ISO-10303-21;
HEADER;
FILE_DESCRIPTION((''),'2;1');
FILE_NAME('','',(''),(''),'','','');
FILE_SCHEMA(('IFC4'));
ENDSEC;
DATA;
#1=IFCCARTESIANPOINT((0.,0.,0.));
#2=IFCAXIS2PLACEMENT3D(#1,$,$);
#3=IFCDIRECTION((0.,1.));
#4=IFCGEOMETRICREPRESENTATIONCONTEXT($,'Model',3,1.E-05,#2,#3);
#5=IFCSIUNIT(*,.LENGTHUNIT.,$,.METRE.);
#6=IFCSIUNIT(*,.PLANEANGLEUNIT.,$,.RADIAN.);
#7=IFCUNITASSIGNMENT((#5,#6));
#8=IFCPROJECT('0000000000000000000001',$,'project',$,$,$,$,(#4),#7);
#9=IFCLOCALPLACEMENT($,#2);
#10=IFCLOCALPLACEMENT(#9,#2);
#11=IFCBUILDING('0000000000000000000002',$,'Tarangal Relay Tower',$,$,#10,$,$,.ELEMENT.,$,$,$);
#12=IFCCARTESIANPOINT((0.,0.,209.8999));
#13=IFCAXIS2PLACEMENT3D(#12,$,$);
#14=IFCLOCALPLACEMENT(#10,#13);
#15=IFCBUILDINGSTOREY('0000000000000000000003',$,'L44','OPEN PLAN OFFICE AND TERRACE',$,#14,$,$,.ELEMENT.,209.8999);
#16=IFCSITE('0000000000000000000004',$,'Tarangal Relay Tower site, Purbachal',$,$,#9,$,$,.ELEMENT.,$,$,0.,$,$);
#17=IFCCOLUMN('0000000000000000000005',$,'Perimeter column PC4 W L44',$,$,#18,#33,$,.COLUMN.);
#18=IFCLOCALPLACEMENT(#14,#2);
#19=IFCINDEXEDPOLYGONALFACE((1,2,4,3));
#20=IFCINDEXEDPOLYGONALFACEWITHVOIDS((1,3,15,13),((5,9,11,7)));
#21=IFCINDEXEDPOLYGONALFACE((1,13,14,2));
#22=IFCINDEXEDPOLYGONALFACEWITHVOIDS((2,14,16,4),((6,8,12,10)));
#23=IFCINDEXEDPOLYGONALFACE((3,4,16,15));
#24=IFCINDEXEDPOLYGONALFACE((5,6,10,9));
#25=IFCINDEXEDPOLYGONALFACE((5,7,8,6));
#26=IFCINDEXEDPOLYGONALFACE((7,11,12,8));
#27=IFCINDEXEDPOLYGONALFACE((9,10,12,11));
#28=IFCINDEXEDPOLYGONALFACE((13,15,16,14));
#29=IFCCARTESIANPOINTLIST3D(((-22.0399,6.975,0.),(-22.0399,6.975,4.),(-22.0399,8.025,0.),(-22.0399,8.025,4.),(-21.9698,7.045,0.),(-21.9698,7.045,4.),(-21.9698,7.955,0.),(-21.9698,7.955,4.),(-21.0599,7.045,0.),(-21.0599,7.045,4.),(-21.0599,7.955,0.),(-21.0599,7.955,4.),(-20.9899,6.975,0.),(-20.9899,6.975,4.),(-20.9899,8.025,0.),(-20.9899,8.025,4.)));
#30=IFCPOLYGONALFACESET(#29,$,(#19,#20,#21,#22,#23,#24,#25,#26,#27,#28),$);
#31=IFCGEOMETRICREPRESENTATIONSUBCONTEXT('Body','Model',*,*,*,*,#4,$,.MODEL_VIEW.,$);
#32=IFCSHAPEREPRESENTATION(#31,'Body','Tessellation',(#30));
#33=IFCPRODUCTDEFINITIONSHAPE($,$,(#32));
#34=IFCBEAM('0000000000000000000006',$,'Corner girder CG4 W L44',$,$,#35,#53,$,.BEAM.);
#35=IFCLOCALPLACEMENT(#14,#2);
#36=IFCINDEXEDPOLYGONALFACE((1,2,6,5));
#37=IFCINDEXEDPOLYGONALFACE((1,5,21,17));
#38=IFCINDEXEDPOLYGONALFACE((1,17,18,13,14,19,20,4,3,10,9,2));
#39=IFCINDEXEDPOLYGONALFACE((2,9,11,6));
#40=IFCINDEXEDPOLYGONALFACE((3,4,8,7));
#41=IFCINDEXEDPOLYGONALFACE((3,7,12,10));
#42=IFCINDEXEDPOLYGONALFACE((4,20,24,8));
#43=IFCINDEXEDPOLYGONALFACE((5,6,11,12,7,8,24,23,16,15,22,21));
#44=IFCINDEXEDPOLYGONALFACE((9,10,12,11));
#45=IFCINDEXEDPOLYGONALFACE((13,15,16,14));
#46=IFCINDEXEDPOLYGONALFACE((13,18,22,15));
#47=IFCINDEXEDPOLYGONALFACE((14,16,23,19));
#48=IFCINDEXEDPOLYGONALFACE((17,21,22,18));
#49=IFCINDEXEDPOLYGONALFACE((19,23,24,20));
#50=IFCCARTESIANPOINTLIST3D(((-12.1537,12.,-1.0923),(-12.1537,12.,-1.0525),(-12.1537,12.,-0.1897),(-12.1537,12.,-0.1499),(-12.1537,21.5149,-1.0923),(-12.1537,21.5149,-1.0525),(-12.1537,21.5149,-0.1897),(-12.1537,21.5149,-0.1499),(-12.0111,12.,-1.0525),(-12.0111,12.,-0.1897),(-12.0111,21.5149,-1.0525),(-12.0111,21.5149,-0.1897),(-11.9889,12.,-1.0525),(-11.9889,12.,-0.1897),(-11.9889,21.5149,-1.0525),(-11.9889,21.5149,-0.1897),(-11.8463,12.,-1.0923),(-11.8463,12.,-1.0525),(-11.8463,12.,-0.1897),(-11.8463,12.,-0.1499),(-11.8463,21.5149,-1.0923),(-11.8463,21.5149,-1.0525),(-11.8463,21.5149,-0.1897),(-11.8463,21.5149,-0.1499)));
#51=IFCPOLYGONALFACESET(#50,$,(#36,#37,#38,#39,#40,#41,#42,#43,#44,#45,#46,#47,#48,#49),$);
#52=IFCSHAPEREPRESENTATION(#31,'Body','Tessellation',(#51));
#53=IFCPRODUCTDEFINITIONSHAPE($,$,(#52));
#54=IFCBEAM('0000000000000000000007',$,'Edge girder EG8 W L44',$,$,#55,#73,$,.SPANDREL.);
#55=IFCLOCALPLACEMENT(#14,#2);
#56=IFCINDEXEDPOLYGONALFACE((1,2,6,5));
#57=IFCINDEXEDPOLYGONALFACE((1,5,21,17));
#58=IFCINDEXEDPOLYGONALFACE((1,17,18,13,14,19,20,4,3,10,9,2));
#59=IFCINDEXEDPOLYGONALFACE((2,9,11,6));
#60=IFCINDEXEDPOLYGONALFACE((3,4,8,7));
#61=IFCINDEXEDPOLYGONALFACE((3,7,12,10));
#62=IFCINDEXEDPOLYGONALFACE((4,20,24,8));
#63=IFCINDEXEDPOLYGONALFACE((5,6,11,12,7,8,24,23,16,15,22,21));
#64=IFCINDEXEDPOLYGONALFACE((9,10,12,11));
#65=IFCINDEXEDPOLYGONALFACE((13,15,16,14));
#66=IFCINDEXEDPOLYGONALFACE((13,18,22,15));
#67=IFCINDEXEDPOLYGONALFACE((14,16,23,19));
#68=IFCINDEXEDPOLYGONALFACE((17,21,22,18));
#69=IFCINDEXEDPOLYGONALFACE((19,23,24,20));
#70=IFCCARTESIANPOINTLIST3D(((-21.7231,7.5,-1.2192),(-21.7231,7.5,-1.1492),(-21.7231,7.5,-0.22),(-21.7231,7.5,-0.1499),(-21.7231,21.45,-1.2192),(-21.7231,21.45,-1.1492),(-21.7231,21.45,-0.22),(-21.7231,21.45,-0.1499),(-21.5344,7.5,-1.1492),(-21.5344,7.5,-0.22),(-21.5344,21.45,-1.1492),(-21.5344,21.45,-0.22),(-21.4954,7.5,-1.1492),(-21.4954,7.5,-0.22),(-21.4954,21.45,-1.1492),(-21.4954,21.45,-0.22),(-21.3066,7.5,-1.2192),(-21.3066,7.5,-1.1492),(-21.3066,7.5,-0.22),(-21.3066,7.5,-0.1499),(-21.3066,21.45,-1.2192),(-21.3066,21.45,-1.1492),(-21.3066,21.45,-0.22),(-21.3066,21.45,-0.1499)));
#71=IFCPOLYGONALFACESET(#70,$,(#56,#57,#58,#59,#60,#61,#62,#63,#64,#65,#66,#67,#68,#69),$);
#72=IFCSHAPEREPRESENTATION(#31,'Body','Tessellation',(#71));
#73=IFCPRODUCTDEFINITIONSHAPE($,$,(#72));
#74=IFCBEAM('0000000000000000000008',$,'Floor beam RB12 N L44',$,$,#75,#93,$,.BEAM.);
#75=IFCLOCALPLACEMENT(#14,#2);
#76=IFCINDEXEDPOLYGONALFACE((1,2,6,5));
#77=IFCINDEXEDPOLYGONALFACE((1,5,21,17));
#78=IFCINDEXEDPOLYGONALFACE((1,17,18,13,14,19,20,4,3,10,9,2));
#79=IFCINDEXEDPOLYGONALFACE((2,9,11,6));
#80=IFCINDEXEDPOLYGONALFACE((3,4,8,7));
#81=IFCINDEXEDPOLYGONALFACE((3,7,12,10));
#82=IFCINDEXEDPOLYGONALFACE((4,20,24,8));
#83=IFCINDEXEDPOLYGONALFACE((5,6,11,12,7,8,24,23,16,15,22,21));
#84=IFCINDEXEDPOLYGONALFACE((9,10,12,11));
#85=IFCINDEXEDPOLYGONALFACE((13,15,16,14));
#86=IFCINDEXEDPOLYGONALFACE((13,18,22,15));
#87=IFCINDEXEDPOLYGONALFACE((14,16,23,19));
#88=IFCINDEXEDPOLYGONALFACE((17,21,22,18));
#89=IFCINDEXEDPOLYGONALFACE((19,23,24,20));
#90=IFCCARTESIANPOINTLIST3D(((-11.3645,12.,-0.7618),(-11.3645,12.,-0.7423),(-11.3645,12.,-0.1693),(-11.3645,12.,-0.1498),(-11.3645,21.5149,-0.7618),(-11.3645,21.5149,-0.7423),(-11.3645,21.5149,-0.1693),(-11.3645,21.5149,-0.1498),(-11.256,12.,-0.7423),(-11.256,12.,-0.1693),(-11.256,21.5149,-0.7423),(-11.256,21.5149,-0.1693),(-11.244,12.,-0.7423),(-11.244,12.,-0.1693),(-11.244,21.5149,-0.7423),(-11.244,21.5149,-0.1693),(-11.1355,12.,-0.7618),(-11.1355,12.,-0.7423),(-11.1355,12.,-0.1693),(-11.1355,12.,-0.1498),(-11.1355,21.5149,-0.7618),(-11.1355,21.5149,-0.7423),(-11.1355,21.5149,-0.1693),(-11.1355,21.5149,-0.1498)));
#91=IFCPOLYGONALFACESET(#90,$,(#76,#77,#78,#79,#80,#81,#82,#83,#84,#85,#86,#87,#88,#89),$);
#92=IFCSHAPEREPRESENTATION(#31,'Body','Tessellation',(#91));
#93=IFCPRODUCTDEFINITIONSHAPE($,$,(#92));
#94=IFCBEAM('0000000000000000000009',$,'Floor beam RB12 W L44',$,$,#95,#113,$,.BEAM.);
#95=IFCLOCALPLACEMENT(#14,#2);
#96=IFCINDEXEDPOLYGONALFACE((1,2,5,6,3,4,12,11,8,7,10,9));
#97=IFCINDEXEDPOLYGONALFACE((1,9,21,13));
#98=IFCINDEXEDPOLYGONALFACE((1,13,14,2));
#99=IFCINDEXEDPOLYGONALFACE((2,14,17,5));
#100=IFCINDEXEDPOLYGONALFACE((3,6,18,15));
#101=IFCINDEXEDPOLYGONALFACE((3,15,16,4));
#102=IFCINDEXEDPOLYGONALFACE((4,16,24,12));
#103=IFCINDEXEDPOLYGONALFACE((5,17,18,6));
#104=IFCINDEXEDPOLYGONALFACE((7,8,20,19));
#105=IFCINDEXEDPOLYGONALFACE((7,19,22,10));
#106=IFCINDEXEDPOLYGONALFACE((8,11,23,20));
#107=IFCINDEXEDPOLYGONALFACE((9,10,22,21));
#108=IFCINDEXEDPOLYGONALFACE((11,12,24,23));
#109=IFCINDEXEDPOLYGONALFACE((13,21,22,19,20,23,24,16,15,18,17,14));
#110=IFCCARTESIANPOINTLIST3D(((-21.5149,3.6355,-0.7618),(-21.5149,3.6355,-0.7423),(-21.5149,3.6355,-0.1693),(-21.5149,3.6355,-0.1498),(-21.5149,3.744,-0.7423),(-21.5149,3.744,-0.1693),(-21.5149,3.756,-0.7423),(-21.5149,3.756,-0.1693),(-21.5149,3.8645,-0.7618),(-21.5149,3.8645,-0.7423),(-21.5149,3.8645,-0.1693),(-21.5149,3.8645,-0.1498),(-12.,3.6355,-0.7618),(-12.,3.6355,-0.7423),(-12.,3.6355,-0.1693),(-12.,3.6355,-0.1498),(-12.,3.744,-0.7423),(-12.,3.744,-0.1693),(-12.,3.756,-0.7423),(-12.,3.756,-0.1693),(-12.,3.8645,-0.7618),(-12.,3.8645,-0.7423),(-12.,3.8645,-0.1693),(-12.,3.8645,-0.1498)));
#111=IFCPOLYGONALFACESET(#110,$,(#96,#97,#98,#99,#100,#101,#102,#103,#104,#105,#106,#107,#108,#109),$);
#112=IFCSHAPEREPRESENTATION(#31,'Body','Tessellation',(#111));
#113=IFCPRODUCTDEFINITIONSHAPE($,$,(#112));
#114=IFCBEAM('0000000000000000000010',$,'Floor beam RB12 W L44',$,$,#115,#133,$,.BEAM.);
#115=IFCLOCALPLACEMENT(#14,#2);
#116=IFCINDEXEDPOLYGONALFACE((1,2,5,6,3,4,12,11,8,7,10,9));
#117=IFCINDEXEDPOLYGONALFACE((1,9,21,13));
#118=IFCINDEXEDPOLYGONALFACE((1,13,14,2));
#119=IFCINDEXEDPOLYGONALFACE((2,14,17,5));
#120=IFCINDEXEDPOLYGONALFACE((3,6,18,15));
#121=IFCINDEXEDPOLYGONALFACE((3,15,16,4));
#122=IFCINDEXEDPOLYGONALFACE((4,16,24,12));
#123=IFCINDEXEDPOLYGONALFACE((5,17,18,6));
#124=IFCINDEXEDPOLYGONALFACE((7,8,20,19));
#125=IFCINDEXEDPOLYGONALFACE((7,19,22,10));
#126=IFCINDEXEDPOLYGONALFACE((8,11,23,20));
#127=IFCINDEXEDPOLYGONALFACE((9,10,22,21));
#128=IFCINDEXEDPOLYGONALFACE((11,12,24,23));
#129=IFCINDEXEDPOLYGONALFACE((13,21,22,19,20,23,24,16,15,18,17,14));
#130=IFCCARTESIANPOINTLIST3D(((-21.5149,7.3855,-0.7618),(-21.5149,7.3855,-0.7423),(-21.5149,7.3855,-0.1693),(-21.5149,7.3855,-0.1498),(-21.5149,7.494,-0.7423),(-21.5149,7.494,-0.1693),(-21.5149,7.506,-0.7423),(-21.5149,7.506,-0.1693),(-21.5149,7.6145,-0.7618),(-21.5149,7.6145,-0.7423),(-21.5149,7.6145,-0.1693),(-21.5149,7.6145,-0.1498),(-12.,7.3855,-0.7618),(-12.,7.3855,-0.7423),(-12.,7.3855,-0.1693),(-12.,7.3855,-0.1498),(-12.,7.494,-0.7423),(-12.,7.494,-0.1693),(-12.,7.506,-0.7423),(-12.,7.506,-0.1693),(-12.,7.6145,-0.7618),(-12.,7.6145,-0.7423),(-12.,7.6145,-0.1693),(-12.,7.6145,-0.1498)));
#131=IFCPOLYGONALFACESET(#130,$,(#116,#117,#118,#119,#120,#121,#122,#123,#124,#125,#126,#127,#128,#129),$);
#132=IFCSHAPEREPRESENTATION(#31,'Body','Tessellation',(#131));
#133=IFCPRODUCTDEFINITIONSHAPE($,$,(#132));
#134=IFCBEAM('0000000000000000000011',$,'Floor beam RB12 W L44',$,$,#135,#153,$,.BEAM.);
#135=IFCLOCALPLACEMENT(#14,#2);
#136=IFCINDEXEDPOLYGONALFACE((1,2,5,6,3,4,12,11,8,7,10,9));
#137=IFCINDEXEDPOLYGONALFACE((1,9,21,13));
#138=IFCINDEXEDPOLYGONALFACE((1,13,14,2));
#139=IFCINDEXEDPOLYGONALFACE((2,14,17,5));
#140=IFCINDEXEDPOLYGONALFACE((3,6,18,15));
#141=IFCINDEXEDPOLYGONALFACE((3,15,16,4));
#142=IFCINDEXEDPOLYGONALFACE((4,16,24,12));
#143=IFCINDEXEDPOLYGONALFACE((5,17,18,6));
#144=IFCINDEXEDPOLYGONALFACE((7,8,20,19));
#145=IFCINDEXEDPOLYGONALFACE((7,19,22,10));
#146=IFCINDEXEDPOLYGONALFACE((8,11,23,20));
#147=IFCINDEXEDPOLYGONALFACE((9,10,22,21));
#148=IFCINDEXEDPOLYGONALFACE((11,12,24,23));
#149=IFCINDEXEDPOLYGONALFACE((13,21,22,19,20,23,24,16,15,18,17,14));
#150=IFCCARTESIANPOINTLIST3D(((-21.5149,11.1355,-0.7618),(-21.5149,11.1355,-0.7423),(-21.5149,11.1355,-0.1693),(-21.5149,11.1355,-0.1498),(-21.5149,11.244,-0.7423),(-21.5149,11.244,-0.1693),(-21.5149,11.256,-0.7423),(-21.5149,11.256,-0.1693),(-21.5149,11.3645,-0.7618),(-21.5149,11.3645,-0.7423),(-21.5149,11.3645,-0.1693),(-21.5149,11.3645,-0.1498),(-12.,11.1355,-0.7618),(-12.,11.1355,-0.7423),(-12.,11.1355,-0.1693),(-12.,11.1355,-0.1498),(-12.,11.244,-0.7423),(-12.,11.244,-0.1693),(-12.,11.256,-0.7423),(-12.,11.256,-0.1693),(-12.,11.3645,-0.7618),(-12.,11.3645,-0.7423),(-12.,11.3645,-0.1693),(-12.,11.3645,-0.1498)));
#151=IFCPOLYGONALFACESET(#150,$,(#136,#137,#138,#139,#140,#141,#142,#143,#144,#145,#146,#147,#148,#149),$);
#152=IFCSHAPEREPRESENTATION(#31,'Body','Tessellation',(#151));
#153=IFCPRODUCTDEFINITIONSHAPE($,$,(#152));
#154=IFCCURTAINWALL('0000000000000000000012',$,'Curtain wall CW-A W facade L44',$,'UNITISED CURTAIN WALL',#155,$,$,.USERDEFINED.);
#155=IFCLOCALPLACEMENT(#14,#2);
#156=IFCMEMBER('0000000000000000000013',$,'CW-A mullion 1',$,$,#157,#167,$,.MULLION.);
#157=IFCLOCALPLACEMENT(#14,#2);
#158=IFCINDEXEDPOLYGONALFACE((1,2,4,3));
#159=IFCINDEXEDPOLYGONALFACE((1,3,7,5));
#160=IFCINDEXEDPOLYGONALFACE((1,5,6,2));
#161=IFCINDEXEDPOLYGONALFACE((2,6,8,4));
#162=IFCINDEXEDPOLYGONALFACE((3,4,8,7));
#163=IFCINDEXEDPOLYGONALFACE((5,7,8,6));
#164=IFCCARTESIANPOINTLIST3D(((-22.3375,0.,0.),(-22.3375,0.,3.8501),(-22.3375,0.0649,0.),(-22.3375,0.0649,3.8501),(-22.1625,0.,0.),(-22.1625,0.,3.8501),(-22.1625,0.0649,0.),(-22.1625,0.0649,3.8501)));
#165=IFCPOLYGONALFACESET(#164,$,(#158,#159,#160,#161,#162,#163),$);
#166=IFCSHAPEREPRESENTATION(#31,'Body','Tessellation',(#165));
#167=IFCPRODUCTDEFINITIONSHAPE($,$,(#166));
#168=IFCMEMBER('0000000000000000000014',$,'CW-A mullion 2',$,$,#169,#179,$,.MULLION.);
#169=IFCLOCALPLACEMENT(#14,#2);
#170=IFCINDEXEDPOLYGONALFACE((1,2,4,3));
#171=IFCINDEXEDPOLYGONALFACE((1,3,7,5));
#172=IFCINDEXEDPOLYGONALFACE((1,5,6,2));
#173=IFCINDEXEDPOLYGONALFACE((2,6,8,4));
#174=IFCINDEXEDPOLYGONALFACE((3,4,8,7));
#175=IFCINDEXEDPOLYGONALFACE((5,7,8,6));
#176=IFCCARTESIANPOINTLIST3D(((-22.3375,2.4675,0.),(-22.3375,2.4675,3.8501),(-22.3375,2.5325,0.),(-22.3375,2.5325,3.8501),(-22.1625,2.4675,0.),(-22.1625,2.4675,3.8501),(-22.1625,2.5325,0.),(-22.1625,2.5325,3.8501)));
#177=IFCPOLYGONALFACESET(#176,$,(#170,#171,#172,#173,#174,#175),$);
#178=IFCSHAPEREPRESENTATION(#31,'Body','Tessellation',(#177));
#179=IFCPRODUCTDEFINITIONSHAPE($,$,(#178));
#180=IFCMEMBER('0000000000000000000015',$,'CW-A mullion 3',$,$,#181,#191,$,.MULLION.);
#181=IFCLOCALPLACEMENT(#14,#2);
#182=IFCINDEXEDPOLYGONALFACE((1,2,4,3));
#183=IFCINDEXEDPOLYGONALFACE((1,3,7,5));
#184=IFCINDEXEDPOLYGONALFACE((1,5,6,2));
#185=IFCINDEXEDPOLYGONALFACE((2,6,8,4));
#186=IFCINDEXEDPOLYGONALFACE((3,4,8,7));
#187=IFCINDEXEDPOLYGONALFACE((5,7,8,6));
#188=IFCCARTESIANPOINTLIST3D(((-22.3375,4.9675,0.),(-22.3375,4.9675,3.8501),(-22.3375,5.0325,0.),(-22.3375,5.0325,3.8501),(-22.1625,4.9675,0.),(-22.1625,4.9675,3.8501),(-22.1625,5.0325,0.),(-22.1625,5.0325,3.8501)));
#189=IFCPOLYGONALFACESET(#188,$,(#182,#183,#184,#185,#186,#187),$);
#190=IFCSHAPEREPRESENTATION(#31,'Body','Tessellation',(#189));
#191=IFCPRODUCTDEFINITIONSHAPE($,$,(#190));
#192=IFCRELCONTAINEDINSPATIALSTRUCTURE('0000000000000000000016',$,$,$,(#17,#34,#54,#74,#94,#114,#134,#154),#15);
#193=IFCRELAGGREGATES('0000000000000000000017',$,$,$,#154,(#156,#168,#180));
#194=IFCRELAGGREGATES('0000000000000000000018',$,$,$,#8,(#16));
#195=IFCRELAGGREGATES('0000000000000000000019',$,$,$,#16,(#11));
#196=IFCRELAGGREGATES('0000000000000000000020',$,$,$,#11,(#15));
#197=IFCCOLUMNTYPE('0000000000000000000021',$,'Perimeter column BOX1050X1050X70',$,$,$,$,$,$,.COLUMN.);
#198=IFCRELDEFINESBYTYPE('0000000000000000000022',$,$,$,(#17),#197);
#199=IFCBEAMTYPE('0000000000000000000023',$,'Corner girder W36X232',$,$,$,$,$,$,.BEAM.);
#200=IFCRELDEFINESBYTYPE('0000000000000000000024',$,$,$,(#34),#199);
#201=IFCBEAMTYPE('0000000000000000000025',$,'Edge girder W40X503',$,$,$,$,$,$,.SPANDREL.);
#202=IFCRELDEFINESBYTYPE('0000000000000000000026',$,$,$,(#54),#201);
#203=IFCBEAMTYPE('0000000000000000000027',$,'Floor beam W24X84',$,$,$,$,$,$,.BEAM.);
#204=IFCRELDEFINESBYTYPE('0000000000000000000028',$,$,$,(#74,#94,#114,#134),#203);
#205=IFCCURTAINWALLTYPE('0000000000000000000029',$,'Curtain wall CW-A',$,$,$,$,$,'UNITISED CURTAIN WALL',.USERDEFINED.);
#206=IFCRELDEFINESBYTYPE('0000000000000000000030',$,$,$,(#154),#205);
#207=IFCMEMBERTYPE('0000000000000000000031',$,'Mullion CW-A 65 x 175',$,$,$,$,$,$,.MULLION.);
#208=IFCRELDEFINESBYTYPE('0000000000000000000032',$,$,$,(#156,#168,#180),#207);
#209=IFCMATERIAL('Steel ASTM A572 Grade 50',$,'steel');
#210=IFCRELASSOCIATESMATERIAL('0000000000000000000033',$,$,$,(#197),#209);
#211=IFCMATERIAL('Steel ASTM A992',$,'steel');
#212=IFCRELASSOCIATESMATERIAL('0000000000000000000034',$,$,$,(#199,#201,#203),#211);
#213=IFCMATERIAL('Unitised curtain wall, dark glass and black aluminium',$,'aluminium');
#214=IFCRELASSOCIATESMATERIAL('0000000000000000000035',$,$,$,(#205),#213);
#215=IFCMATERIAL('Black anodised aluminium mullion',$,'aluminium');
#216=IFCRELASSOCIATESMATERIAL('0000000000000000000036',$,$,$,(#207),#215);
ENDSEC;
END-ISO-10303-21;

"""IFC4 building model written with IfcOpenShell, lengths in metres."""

from ifc_helpers import new_model, si_unit, direction, frame, origin, origin_2d, place, context, subcontext, project, spatial, rectangle, hollow_rectangle, i_section, extrude, material, material_profile, profile_set, type_object, element, aggregate, save


model = new_model("IFC4")

# Units and contexts
model_context = context("Model", 3, precision=1e-05, world=origin(), true_north=direction((0.0, 1.0)))
body_context = subcontext(model_context, "Body", "Model", "MODEL_VIEW")
ifc_project = project(units=[si_unit("LENGTHUNIT", "METRE"), si_unit("PLANEANGLEUNIT", "RADIAN")], contexts=[model_context])

# Site, building, storey
site_placement = place(None, origin())
site = spatial("IfcSite", under=ifc_project, at=site_placement, Name="Tarangal Relay Tower site, Purbachal", CompositionType="ELEMENT", RefElevation=0.0)
building_placement = place(site_placement, origin())
building = spatial("IfcBuilding", under=site, at=building_placement, Name="Tarangal Relay Tower", CompositionType="ELEMENT")
storey_placement = place(building_placement, frame((0.0, 0.0, 209.8999)))
storey = spatial("IfcBuildingStorey", under=building, at=storey_placement, Name="L44", Description="OPEN PLAN OFFICE AND TERRACE", CompositionType="ELEMENT", Elevation=209.8999)

# Column
ifc_material_1 = material(Name="Steel ASTM A572 Grade 50", Category="steel")
ifc_material_profile_1 = material_profile(ifc_material_1, hollow_rectangle(XDim=1.05, YDim=1.05, WallThickness=0.0701, at=origin_2d()), Name="BOX1050X1050X70")
ifc_profile_set_1 = profile_set([ifc_material_profile_1], Name="Steel ASTM A572 Grade 50")
column_type = type_object("IfcColumnType", Name="Perimeter column BOX1050X1050X70", PredefinedType="COLUMN", material=ifc_profile_set_1)
column_placement = place(storey_placement, frame((-21.5149, 7.5, 0.0), z_axis=(0.0, 0.0, 1.0), x_axis=(1.0, 0.0, 0.0)))
element("IfcColumn", 1, at=column_placement, inside=storey, type_object=column_type, Name="Perimeter column PC4 W L44", PredefinedType="COLUMN", context=body_context, shape_type="SweptSolid", body=[
    extrude(hollow_rectangle(XDim=1.05, YDim=1.05, WallThickness=0.0701, at=origin_2d()), origin(), (0.0, 0.0, 1.0), 4.0),
])

# Beams
ifc_material_2 = material(Name="Steel ASTM A992", Category="steel")
ifc_material_profile_2 = material_profile(ifc_material_2, i_section(OverallWidth=0.3074, OverallDepth=0.9424, WebThickness=0.0222, FlangeThickness=0.0398, at=origin_2d()), Name="W36X232")
ifc_profile_set_2 = profile_set([ifc_material_profile_2], Name="Steel ASTM A992")
beam_type_1 = type_object("IfcBeamType", Name="Corner girder W36X232", PredefinedType="BEAM", material=ifc_profile_set_2)
beam_1_placement = place(storey_placement, frame((-12.0, 12.0, -0.6211), z_axis=(0.0, 1.0, 0.0), x_axis=(-1.0, 0.0, 0.0)))
element("IfcBeam", 2, at=beam_1_placement, inside=storey, type_object=beam_type_1, Name="Corner girder CG4 W L44", PredefinedType="BEAM", context=body_context, shape_type="SweptSolid", body=[
    extrude(i_section(OverallWidth=0.3074, OverallDepth=0.9424, WebThickness=0.0222, FlangeThickness=0.0398, at=origin_2d()), origin(), (0.0, 0.0, 1.0), 9.5149),
])
ifc_material_profile_3 = material_profile(ifc_material_2, i_section(OverallWidth=0.4165, OverallDepth=1.0693, WebThickness=0.0391, FlangeThickness=0.0701, at=origin_2d()), Name="W40X503")
ifc_profile_set_3 = profile_set([ifc_material_profile_3], Name="Steel ASTM A992")
beam_type_2 = type_object("IfcBeamType", Name="Edge girder W40X503", PredefinedType="SPANDREL", material=ifc_profile_set_3)
beam_2_placement = place(storey_placement, frame((-21.5149, 7.5, -0.6846), z_axis=(0.0, 1.0, 0.0), x_axis=(-1.0, 0.0, 0.0)))
element("IfcBeam", 3, at=beam_2_placement, inside=storey, type_object=beam_type_2, Name="Edge girder EG8 W L44", PredefinedType="SPANDREL", context=body_context, shape_type="SweptSolid", body=[
    extrude(i_section(OverallWidth=0.4165, OverallDepth=1.0693, WebThickness=0.0391, FlangeThickness=0.0701, at=origin_2d()), origin(), (0.0, 0.0, 1.0), 13.95),
])
ifc_material_profile_4 = material_profile(ifc_material_2, i_section(OverallWidth=0.229, OverallDepth=0.6121, WebThickness=0.012, FlangeThickness=0.0195, at=origin_2d()), Name="W24X84")
ifc_profile_set_4 = profile_set([ifc_material_profile_4], Name="Steel ASTM A992")
beam_type_3 = type_object("IfcBeamType", Name="Floor beam W24X84", PredefinedType="BEAM", material=ifc_profile_set_4)
for number, where, z_axis, x_axis, name in (
    (4, (-11.25, 12.0, -0.4558), (0.0, 1.0, 0.0), (-1.0, 0.0, 0.0), "Floor beam RB12 N L44"),
    (5, (-12.0, 3.75, -0.4558), (-1.0, 0.0, 0.0), (0.0, -1.0, 0.0), "Floor beam RB12 W L44"),
    (6, (-12.0, 7.5, -0.4558), (-1.0, 0.0, 0.0), (0.0, -1.0, 0.0), "Floor beam RB12 W L44"),
    (7, (-12.0, 11.25, -0.4558), (-1.0, 0.0, 0.0), (0.0, -1.0, 0.0), "Floor beam RB12 W L44"),
):
    element("IfcBeam", number, at=place(storey_placement, frame(where, z_axis=z_axis, x_axis=x_axis)), inside=storey, type_object=beam_type_3, Name=name, PredefinedType="BEAM", context=body_context, shape_type="SweptSolid", body=[
        extrude(i_section(OverallWidth=0.229, OverallDepth=0.6121, WebThickness=0.012, FlangeThickness=0.0195, at=origin_2d()), origin(), (0.0, 0.0, 1.0), 9.5149),
    ])

# Curtain wall, members
ifc_material_3 = material(Name="Unitised curtain wall, dark glass and black aluminium", Category="aluminium")
curtain_wall_type = type_object("IfcCurtainWallType", Name="Curtain wall CW-A", ElementType="UNITISED CURTAIN WALL", PredefinedType="USERDEFINED", material=ifc_material_3)
curtain_wall_1_placement = place(storey_placement, origin())
curtain_wall_1 = element("IfcCurtainWall", 8, at=curtain_wall_1_placement, inside=storey, type_object=curtain_wall_type, Name="Curtain wall CW-A W facade L44", ObjectType="UNITISED CURTAIN WALL", PredefinedType="USERDEFINED")
ifc_material_4 = material(Name="Black anodised aluminium mullion", Category="aluminium")
ifc_material_profile_5 = material_profile(ifc_material_4, rectangle(XDim=0.175, YDim=0.0649, at=origin_2d()), Name="CW-AM 65X175")
ifc_profile_set_5 = profile_set([ifc_material_profile_5], Name="Black anodised aluminium mullion")
member_type_1 = type_object("IfcMemberType", Name="Mullion CW-A 65 x 175", PredefinedType="MULLION", material=ifc_profile_set_5)
member_1_placement = place(storey_placement, frame((-22.25, 0.0325, 0.0), z_axis=(0.0, 0.0, 1.0), x_axis=(-1.0, 0.0, 0.0)))
member_1 = element("IfcMember", 9, at=member_1_placement, type_object=member_type_1, Name="CW-A mullion 1", PredefinedType="MULLION", context=body_context, shape_type="SweptSolid", body=[
    extrude(rectangle(XDim=0.175, YDim=0.0649, at=origin_2d()), origin(), (0.0, 0.0, 1.0), 3.8501),
])
member_2_placement = place(storey_placement, frame((-22.25, 2.5, 0.0), z_axis=(0.0, 0.0, 1.0), x_axis=(-1.0, 0.0, 0.0)))
member_2 = element("IfcMember", 10, at=member_2_placement, type_object=member_type_1, Name="CW-A mullion 2", PredefinedType="MULLION", context=body_context, shape_type="SweptSolid", body=[
    extrude(rectangle(XDim=0.175, YDim=0.0649, at=origin_2d()), origin(), (0.0, 0.0, 1.0), 3.8501),
])
member_3_placement = place(storey_placement, frame((-22.25, 5.0, 0.0), z_axis=(0.0, 0.0, 1.0), x_axis=(-1.0, 0.0, 0.0)))
member_3 = element("IfcMember", 11, at=member_3_placement, type_object=member_type_1, Name="CW-A mullion 3", PredefinedType="MULLION", context=body_context, shape_type="SweptSolid", body=[
    extrude(rectangle(XDim=0.175, YDim=0.0649, at=origin_2d()), origin(), (0.0, 0.0, 1.0), 3.8501),
])

aggregate(curtain_wall_1, [member_1, member_2, member_3])

save(model, "model.ifc")
